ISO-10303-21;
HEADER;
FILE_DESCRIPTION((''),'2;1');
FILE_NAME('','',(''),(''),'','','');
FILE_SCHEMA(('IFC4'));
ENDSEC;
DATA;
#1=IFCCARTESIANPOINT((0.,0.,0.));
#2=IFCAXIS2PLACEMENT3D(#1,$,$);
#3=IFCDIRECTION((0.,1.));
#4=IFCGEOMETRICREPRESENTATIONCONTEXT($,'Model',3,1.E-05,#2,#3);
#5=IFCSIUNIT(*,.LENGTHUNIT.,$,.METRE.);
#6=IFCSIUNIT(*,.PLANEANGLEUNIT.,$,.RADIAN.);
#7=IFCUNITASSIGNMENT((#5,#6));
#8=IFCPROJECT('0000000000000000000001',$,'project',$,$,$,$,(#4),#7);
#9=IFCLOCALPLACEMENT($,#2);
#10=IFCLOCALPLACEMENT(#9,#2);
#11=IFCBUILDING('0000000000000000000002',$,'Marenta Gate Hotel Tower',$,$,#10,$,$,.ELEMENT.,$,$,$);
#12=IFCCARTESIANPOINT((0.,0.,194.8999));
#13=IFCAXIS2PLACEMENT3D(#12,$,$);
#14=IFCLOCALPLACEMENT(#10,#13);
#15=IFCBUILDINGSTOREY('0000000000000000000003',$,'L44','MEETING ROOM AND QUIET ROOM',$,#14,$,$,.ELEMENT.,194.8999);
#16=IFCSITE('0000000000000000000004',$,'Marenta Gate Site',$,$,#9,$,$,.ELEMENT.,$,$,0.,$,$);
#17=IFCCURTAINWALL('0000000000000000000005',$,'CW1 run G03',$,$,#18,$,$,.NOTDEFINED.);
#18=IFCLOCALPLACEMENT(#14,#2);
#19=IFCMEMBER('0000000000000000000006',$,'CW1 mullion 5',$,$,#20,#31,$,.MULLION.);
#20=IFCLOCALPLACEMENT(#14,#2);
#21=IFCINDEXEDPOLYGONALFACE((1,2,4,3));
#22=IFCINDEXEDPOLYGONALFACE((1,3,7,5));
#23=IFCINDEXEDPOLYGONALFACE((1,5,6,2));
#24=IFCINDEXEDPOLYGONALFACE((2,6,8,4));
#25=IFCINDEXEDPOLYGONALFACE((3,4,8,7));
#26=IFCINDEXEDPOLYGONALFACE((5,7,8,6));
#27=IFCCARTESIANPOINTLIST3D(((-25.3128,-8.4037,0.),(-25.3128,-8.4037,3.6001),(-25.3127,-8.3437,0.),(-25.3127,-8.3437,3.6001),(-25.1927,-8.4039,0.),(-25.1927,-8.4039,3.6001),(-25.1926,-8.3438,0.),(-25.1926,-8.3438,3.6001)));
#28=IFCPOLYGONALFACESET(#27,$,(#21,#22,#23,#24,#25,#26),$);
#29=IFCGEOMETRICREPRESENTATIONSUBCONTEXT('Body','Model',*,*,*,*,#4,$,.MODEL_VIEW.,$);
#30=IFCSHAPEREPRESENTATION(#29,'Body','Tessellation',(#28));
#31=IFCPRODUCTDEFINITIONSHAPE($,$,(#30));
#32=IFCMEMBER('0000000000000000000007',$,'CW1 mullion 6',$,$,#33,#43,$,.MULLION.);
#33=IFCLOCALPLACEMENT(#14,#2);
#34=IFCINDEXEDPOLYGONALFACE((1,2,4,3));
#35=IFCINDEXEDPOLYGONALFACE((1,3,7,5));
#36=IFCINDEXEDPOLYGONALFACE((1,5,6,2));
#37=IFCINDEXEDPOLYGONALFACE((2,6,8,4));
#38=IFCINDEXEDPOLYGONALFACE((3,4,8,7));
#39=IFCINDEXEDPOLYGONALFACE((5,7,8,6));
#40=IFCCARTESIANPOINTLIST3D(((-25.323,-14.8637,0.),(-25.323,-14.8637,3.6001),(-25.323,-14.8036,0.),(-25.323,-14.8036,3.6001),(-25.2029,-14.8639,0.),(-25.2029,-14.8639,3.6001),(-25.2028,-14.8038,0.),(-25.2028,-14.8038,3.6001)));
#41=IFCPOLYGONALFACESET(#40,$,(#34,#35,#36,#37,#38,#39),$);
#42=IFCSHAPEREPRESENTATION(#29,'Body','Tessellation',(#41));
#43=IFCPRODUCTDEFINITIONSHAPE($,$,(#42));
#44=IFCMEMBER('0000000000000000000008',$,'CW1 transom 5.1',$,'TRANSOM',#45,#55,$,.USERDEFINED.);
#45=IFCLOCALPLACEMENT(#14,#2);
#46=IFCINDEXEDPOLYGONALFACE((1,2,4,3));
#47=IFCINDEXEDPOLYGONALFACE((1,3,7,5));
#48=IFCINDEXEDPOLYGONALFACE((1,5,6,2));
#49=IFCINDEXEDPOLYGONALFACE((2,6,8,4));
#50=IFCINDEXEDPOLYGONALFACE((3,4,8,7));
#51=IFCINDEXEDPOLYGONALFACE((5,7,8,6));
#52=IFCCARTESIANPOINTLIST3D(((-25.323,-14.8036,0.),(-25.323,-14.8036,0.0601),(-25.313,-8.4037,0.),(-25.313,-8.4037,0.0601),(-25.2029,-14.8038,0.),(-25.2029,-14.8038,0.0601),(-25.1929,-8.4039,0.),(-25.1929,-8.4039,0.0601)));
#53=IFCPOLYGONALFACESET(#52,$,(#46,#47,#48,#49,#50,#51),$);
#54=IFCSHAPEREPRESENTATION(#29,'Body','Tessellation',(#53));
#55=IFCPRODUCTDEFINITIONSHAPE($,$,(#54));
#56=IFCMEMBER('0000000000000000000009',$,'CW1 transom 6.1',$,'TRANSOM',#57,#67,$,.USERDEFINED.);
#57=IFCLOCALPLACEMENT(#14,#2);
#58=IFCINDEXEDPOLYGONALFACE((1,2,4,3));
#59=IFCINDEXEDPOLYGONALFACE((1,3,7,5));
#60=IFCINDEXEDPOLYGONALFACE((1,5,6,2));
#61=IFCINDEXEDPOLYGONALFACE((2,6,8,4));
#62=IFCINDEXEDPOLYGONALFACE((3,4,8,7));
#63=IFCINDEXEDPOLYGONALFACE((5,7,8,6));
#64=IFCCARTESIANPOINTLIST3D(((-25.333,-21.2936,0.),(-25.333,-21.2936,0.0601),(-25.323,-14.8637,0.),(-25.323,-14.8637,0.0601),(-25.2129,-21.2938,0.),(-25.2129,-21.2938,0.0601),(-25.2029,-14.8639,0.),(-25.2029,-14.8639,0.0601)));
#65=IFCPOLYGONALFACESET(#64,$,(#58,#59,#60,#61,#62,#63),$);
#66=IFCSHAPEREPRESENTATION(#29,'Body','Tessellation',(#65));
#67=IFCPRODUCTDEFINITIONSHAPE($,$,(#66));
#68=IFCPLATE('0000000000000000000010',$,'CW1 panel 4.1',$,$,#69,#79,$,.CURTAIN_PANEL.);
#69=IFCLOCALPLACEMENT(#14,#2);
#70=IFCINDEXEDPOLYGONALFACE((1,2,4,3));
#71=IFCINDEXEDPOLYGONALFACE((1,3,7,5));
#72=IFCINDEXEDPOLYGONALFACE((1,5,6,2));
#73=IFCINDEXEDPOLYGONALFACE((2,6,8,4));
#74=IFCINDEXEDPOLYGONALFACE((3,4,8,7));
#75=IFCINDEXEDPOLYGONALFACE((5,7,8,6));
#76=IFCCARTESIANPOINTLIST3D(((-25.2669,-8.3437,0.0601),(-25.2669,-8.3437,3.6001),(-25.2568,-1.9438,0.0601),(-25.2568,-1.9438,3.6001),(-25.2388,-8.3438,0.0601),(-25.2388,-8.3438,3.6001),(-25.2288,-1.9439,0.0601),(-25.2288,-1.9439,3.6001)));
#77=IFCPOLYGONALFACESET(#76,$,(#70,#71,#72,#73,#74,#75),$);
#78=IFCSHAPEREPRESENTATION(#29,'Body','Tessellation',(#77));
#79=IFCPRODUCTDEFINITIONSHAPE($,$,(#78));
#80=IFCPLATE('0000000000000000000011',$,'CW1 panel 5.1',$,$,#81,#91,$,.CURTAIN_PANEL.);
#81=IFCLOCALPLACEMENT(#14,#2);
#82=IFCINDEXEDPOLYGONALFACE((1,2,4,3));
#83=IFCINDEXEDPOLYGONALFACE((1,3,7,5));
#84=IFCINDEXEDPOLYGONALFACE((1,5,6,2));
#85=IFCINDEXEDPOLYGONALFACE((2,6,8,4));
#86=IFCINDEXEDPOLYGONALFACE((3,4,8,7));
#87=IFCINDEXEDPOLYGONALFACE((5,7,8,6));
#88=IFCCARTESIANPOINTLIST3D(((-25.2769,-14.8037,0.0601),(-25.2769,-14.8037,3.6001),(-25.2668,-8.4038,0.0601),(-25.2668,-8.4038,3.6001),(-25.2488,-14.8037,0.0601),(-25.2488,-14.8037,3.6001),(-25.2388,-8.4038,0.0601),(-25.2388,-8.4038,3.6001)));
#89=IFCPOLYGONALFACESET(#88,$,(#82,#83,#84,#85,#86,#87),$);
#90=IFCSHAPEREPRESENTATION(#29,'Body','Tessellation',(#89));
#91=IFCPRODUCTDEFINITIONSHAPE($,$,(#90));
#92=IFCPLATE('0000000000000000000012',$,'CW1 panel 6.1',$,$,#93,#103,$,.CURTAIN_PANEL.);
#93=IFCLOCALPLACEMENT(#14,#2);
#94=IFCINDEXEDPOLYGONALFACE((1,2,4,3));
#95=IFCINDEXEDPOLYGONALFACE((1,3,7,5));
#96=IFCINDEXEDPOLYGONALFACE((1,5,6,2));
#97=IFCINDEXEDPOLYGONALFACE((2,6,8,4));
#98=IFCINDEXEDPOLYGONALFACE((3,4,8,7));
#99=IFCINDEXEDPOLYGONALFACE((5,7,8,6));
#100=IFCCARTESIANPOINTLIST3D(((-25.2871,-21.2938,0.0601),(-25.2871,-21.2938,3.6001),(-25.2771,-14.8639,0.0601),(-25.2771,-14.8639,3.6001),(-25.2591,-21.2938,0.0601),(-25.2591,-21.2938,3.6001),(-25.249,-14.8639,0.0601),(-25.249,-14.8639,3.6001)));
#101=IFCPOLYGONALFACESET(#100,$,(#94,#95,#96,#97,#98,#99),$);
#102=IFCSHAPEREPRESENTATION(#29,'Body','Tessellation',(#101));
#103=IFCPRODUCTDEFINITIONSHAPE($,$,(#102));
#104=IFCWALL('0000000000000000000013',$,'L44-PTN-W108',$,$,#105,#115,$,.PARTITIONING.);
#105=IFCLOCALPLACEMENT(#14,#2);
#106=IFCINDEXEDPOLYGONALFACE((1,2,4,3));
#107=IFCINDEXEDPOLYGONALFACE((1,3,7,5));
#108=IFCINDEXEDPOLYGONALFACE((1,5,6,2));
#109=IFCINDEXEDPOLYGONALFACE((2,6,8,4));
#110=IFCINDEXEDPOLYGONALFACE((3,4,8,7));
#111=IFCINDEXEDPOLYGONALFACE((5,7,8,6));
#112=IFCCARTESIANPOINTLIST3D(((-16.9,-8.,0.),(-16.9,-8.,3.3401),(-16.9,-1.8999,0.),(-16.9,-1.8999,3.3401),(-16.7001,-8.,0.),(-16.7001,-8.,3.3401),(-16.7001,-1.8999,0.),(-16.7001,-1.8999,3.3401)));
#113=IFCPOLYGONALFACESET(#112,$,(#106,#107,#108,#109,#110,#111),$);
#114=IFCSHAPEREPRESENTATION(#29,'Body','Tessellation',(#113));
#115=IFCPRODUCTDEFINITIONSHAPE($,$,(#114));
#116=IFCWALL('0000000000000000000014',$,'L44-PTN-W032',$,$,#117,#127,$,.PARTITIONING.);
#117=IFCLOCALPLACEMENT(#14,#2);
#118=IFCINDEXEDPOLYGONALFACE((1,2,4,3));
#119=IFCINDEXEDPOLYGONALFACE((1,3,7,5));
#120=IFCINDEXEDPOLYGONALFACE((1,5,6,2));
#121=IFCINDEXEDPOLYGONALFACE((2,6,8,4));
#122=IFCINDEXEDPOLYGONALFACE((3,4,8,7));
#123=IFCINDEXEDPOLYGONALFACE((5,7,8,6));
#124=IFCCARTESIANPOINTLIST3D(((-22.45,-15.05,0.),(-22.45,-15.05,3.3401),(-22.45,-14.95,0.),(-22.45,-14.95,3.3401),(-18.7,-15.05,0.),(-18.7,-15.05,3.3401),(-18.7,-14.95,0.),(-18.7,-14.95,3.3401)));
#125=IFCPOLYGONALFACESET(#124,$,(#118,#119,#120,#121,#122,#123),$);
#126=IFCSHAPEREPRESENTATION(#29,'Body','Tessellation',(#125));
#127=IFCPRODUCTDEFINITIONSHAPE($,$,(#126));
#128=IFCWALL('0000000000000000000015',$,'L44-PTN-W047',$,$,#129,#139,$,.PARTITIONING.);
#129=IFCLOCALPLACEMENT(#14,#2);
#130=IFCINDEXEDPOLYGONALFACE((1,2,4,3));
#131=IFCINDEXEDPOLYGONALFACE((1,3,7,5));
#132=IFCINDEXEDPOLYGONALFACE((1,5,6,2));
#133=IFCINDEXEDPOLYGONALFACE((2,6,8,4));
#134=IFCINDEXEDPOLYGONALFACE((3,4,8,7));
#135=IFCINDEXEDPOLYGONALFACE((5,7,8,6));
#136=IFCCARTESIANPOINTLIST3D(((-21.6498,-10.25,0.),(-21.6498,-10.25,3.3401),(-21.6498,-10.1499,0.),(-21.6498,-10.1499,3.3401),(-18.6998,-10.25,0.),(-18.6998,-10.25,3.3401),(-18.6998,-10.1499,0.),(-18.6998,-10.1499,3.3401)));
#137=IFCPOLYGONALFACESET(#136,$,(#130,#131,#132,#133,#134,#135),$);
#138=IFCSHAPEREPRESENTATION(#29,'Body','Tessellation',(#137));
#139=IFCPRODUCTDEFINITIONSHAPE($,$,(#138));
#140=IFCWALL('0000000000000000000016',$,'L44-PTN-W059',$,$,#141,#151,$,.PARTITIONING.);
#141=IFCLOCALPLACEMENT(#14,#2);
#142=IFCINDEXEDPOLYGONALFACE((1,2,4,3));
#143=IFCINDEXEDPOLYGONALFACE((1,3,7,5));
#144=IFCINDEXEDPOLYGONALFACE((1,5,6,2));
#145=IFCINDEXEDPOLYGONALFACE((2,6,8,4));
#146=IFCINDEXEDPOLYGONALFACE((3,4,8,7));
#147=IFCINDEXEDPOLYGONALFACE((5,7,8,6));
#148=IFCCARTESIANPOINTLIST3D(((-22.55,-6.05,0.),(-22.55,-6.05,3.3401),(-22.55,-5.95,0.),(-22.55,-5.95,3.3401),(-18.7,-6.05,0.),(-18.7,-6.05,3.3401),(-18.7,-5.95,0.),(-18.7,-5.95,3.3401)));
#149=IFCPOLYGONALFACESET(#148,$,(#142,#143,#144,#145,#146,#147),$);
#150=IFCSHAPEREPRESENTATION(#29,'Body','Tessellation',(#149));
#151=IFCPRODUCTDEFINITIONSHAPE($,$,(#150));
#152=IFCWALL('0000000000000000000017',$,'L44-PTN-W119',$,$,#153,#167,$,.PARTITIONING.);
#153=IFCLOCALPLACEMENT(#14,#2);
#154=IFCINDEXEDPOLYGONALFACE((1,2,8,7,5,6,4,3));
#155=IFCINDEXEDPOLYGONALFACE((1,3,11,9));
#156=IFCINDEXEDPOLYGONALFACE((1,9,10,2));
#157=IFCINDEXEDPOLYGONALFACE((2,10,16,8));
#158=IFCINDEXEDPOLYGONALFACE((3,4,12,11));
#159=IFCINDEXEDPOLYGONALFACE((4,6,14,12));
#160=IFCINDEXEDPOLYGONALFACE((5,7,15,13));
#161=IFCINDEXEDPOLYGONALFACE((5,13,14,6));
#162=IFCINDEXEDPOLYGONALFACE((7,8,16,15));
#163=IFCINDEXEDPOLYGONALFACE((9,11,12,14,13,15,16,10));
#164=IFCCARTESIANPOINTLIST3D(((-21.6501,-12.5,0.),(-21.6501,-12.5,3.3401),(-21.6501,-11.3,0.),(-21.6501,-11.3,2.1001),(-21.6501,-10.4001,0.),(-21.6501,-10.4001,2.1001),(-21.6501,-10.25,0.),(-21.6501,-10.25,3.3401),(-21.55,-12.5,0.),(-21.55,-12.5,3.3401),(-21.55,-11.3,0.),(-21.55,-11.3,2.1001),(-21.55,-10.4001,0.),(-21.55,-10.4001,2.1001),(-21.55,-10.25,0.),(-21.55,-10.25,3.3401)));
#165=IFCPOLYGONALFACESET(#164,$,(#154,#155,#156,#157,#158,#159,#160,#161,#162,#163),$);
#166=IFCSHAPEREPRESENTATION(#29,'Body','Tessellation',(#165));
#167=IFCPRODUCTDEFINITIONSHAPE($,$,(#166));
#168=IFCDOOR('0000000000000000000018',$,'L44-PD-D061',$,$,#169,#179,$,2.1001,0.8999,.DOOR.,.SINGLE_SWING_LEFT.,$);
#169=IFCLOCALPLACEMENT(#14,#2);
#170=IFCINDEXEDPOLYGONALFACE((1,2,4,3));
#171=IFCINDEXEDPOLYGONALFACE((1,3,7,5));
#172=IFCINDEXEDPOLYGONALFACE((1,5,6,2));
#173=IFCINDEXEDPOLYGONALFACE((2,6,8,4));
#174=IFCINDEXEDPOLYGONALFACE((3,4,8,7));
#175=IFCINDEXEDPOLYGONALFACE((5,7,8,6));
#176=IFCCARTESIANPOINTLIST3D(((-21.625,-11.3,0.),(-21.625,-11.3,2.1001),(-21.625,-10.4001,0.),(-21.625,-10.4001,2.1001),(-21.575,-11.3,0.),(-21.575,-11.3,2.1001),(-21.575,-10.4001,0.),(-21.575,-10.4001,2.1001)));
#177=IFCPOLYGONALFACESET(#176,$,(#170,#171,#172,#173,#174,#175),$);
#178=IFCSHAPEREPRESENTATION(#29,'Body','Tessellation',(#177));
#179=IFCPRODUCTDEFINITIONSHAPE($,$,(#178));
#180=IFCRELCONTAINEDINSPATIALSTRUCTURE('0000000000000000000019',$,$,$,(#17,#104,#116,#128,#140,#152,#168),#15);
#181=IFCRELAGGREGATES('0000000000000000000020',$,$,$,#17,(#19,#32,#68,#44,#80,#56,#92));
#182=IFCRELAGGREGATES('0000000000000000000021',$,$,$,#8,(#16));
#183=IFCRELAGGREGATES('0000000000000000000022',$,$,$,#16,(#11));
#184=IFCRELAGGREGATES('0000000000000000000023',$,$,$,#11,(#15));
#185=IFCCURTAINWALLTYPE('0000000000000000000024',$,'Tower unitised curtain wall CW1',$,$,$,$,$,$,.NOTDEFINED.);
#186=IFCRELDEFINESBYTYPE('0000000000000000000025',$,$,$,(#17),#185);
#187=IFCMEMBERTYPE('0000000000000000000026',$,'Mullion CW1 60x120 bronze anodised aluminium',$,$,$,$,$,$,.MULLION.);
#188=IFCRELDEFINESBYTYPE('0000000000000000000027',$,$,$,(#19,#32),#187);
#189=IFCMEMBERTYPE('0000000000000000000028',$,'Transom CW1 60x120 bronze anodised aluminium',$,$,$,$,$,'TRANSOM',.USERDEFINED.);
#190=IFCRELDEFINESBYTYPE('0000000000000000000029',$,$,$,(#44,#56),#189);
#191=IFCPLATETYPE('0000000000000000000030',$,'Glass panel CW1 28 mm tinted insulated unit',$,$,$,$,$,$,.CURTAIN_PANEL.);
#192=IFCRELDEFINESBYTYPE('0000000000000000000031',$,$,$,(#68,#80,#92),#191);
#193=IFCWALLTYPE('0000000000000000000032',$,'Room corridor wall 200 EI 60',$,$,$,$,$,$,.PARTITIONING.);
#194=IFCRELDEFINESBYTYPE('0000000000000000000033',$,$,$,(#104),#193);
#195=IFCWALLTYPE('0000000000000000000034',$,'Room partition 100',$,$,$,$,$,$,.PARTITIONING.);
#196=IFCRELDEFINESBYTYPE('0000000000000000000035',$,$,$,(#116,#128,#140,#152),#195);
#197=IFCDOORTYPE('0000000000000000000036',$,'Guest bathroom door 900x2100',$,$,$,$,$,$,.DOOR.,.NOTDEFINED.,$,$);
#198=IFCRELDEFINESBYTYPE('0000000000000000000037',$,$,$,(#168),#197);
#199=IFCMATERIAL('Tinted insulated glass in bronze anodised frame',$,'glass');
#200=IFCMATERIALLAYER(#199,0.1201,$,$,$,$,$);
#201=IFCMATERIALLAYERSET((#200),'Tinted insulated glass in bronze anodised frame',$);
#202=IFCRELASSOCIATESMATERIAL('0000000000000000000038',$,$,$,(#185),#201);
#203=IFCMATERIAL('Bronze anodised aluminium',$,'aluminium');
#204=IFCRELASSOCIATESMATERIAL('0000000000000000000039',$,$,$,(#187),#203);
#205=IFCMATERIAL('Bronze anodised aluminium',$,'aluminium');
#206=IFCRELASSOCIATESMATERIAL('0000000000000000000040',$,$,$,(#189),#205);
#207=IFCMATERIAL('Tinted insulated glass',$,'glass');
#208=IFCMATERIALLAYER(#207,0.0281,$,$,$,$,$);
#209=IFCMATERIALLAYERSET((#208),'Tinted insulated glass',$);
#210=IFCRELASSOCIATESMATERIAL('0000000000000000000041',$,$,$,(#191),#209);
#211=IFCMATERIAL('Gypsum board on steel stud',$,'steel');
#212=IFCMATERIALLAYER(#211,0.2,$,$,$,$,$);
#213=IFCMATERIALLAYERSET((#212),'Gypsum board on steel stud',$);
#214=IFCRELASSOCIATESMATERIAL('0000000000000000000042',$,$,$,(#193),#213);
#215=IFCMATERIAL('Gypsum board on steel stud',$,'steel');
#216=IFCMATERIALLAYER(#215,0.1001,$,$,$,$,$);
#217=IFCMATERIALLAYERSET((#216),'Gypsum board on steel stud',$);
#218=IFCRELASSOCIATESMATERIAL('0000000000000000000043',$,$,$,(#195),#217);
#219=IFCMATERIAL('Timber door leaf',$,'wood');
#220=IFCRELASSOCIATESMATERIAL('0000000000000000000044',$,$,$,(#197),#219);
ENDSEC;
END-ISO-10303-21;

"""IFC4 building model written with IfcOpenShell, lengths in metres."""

from ifc_helpers import new_model, si_unit, direction, frame, frame_2d, origin, origin_2d, place, context, subcontext, project, spatial, rectangle, extrude, material, layer, layer_set, material_profile, profile_set, type_object, element, fill, aggregate, save


model = new_model("IFC4")

# Units and contexts
model_context = context("Model", 3, precision=1e-05, world=origin(), true_north=direction((0.0, 1.0)))
body_context = subcontext(model_context, "Body", "Model", "MODEL_VIEW")
ifc_project = project(units=[si_unit("LENGTHUNIT", "METRE"), si_unit("PLANEANGLEUNIT", "RADIAN")], contexts=[model_context])

# Site, building, storey
site_placement = place(None, origin())
site = spatial("IfcSite", under=ifc_project, at=site_placement, Name="Marenta Gate Site", CompositionType="ELEMENT", RefElevation=0.0)
building_placement = place(site_placement, origin())
building = spatial("IfcBuilding", under=site, at=building_placement, Name="Marenta Gate Hotel Tower", CompositionType="ELEMENT")
storey_placement = place(building_placement, frame((0.0, 0.0, 194.8999)))
storey = spatial("IfcBuildingStorey", under=building, at=storey_placement, Name="L44", Description="MEETING ROOM AND QUIET ROOM", CompositionType="ELEMENT", Elevation=194.8999)

# Curtain wall, members, plates
ifc_material_1 = material(Name="Tinted insulated glass in bronze anodised frame", Category="glass")
ifc_layer_1 = layer(ifc_material_1, 0.1201)
ifc_layer_set_1 = layer_set([ifc_layer_1], Name="Tinted insulated glass in bronze anodised frame")
curtain_wall_type = type_object("IfcCurtainWallType", Name="Tower unitised curtain wall CW1", PredefinedType="NOTDEFINED", material=ifc_layer_set_1)
curtain_wall_placement = place(storey_placement, origin())
curtain_wall = element("IfcCurtainWall", 1, at=curtain_wall_placement, inside=storey, type_object=curtain_wall_type, Name="CW1 run G03", PredefinedType="NOTDEFINED")
ifc_material_2 = material(Name="Bronze anodised aluminium", Category="aluminium")
ifc_material_profile_1 = material_profile(ifc_material_2, rectangle(XDim=0.1201, YDim=0.0601, at=origin_2d()), Name="Mullion CW1 60x120 bronze anodised aluminium")
ifc_profile_set_1 = profile_set([ifc_material_profile_1], Name="Bronze anodised aluminium")
member_type_1 = type_object("IfcMemberType", Name="Mullion CW1 60x120 bronze anodised aluminium", PredefinedType="MULLION", material=ifc_profile_set_1)
member_1_placement = place(storey_placement, frame((-25.2527, -8.3738, 0.0), z_axis=(0.0, 0.0, 1.0), x_axis=(0.999999, -0.001566, 0.0)))
member_1 = element("IfcMember", 2, at=member_1_placement, type_object=member_type_1, Name="CW1 mullion 5", PredefinedType="MULLION", context=body_context, shape_type="SweptSolid", body=[
    extrude(rectangle(XDim=0.1201, YDim=0.0601, at=origin_2d()), origin(), (0.0, 0.0, 1.0), 3.6001),
])
member_2_placement = place(storey_placement, frame((-25.2629, -14.8337, 0.0), z_axis=(0.0, 0.0, 1.0), x_axis=(0.999999, -0.001566, 0.0)))
member_2 = element("IfcMember", 3, at=member_2_placement, type_object=member_type_1, Name="CW1 mullion 6", PredefinedType="MULLION", context=body_context, shape_type="SweptSolid", body=[
    extrude(rectangle(XDim=0.1201, YDim=0.0601, at=origin_2d()), origin(), (0.0, 0.0, 1.0), 3.6001),
])
ifc_material_3 = material(Name="Bronze anodised aluminium", Category="aluminium")
ifc_material_profile_2 = material_profile(ifc_material_3, rectangle(XDim=0.1201, YDim=0.0601, at=origin_2d()), Name="Transom CW1 60x120 bronze anodised aluminium")
ifc_profile_set_2 = profile_set([ifc_material_profile_2], Name="Bronze anodised aluminium")
member_type_2 = type_object("IfcMemberType", Name="Transom CW1 60x120 bronze anodised aluminium", ElementType="TRANSOM", PredefinedType="USERDEFINED", material=ifc_profile_set_2)
member_3_placement = place(storey_placement, frame((-25.2529, -8.4038, 0.03), z_axis=(-0.001564, -0.999999, 0.0), x_axis=(0.999999, -0.001564, 0.0)))
member_3 = element("IfcMember", 4, at=member_3_placement, type_object=member_type_2, Name="CW1 transom 5.1", ObjectType="TRANSOM", PredefinedType="USERDEFINED", context=body_context, shape_type="SweptSolid", body=[
    extrude(rectangle(XDim=0.1201, YDim=0.0601, at=origin_2d()), origin(), (0.0, 0.0, 1.0), 6.3999),
])
member_4_placement = place(storey_placement, frame((-25.2629, -14.8638, 0.03), z_axis=(-0.001557, -0.999999, 0.0), x_axis=(0.999999, -0.001557, 0.0)))
member_4 = element("IfcMember", 5, at=member_4_placement, type_object=member_type_2, Name="CW1 transom 6.1", ObjectType="TRANSOM", PredefinedType="USERDEFINED", context=body_context, shape_type="SweptSolid", body=[
    extrude(rectangle(XDim=0.1201, YDim=0.0601, at=origin_2d()), origin(), (0.0, 0.0, 1.0), 6.4299),
])
ifc_material_4 = material(Name="Tinted insulated glass", Category="glass")
ifc_layer_2 = layer(ifc_material_4, 0.0281)
ifc_layer_set_2 = layer_set([ifc_layer_2], Name="Tinted insulated glass")
plate_type = type_object("IfcPlateType", Name="Glass panel CW1 28 mm tinted insulated unit", PredefinedType="CURTAIN_PANEL", material=ifc_layer_set_2)
plate_1_placement = place(storey_placement, frame((-25.2478, -5.1438, 0.0601), z_axis=(0.0, 0.0, 1.0), x_axis=(-0.001566, -0.999999, 0.0)))
plate_1 = element("IfcPlate", 6, at=plate_1_placement, type_object=plate_type, Name="CW1 panel 4.1", PredefinedType="CURTAIN_PANEL", context=body_context, shape_type="SweptSolid", body=[
    extrude(rectangle(XDim=6.3999, YDim=0.0281, at=origin_2d()), origin(), (0.0, 0.0, 1.0), 3.54),
])
plate_2_placement = place(storey_placement, frame((-25.2578, -11.6038, 0.0601), z_axis=(0.0, 0.0, 1.0), x_axis=(-0.001566, -0.999999, 0.0)))
plate_2 = element("IfcPlate", 7, at=plate_2_placement, type_object=plate_type, Name="CW1 panel 5.1", PredefinedType="CURTAIN_PANEL", context=body_context, shape_type="SweptSolid", body=[
    extrude(rectangle(XDim=6.3999, YDim=0.0281, at=origin_2d()), origin(), (0.0, 0.0, 1.0), 3.54),
])
plate_3_placement = place(storey_placement, frame((-25.2681, -18.0789, 0.0601), z_axis=(0.0, 0.0, 1.0), x_axis=(-0.001566, -0.999999, 0.0)))
plate_3 = element("IfcPlate", 8, at=plate_3_placement, type_object=plate_type, Name="CW1 panel 6.1", PredefinedType="CURTAIN_PANEL", context=body_context, shape_type="SweptSolid", body=[
    extrude(rectangle(XDim=6.4299, YDim=0.0281, at=origin_2d()), origin(), (0.0, 0.0, 1.0), 3.54),
])
aggregate(curtain_wall, [member_1, member_2, plate_1, member_3, plate_2, member_4, plate_3])

# Walls
ifc_material_5 = material(Name="Gypsum board on steel stud", Category="steel")
ifc_layer_3 = layer(ifc_material_5, 0.2)
ifc_layer_set_3 = layer_set([ifc_layer_3], Name="Gypsum board on steel stud")
wall_type_1 = type_object("IfcWallType", Name="Room corridor wall 200 EI 60", PredefinedType="PARTITIONING", material=ifc_layer_set_3)
wall_1_placement = place(storey_placement, frame((-16.8, -8.0, 0.0), z_axis=(0.0, 0.0, 1.0), x_axis=(0.0, 1.0, 0.0)))
element("IfcWall", 9, at=wall_1_placement, inside=storey, type_object=wall_type_1, Name="L44-PTN-W108", PredefinedType="PARTITIONING", context=body_context, shape_type="SweptSolid", body=[
    extrude(rectangle(XDim=6.1001, YDim=0.2, at=frame_2d((3.05, 0.0))), origin(), (0.0, 0.0, 1.0), 3.3401),
])
ifc_material_6 = material(Name="Gypsum board on steel stud", Category="steel")
ifc_layer_4 = layer(ifc_material_6, 0.1001)
ifc_layer_set_4 = layer_set([ifc_layer_4], Name="Gypsum board on steel stud")
wall_type_2 = type_object("IfcWallType", Name="Room partition 100", PredefinedType="PARTITIONING", material=ifc_layer_set_4)
wall_2_placement = place(storey_placement, frame((-22.45, -15.0, 0.0), z_axis=(0.0, 0.0, 1.0), x_axis=(1.0, 0.0, 0.0)))
element("IfcWall", 10, at=wall_2_placement, inside=storey, type_object=wall_type_2, Name="L44-PTN-W032", PredefinedType="PARTITIONING", context=body_context, shape_type="SweptSolid", body=[
    extrude(rectangle(XDim=3.75, YDim=0.1001, at=frame_2d((1.875, 0.0))), origin(), (0.0, 0.0, 1.0), 3.3401),
])
wall_3_placement = place(storey_placement, frame((-21.6499, -10.2, 0.0), z_axis=(0.0, 0.0, 1.0), x_axis=(1.0, 0.0, 0.0)))
element("IfcWall", 11, at=wall_3_placement, inside=storey, type_object=wall_type_2, Name="L44-PTN-W047", PredefinedType="PARTITIONING", context=body_context, shape_type="SweptSolid", body=[
    extrude(rectangle(XDim=2.95, YDim=0.1001, at=frame_2d((1.4751, 0.0))), origin(), (0.0, 0.0, 1.0), 3.3401),
])
wall_4_placement = place(storey_placement, frame((-22.55, -6.0, 0.0), z_axis=(0.0, 0.0, 1.0), x_axis=(1.0, 0.0, 0.0)))
element("IfcWall", 12, at=wall_4_placement, inside=storey, type_object=wall_type_2, Name="L44-PTN-W059", PredefinedType="PARTITIONING", context=body_context, shape_type="SweptSolid", body=[
    extrude(rectangle(XDim=3.8501, YDim=0.1001, at=frame_2d((1.925, 0.0))), origin(), (0.0, 0.0, 1.0), 3.3401),
])

# Wall, opening, door
wall_5_placement = place(storey_placement, frame((-21.6001, -12.5, 0.0), z_axis=(0.0, 0.0, 1.0), x_axis=(0.0, 1.0, 0.0)))
wall_5 = element("IfcWall", 13, at=wall_5_placement, inside=storey, type_object=wall_type_2, Name="L44-PTN-W119", PredefinedType="PARTITIONING", context=body_context, shape_type="SweptSolid", body=[
    extrude(rectangle(XDim=2.25, YDim=0.1001, at=frame_2d((1.125, 0.0))), origin(), (0.0, 0.0, 1.0), 3.3401),
])
opening_1_placement = place(wall_5_placement, frame((1.2, 0.0, 0.0)))
opening_1 = element("IfcOpeningElement", 14, at=opening_1_placement, cuts=wall_5, PredefinedType="OPENING", context=body_context, shape_type="SweptSolid", body=[
    extrude(rectangle(XDim=0.8999, YDim=2.1001, at=frame_2d((0.45, 1.05))), frame((0.0, 0.05, 0.0), z_axis=(0.0, -1.0, 0.0), x_axis=(1.0, 0.0, 0.0)), (0.0, 0.0, 1.0), 0.1001),
])
ifc_material_7 = material(Name="Timber door leaf", Category="wood")
door_type = type_object("IfcDoorType", Name="Guest bathroom door 900x2100", OperationType="NOTDEFINED", PredefinedType="DOOR", material=ifc_material_7)
door_1_placement = place(opening_1_placement, origin())
door_1 = element("IfcDoor", 15, at=door_1_placement, inside=storey, type_object=door_type, Name="L44-PD-D061", OperationType="SINGLE_SWING_LEFT", OverallHeight=2.1001, OverallWidth=0.8999, PredefinedType="DOOR", context=body_context, shape_type="SweptSolid", body=[
    extrude(rectangle(XDim=0.8999, YDim=2.1001, at=frame_2d((0.45, 1.05))), frame((0.0, 0.0249, 0.0), z_axis=(0.0, -1.0, 0.0), x_axis=(1.0, 0.0, 0.0)), (0.0, 0.0, 1.0), 0.05),
])
fill(opening_1, door_1)

save(model, "model.ifc")
